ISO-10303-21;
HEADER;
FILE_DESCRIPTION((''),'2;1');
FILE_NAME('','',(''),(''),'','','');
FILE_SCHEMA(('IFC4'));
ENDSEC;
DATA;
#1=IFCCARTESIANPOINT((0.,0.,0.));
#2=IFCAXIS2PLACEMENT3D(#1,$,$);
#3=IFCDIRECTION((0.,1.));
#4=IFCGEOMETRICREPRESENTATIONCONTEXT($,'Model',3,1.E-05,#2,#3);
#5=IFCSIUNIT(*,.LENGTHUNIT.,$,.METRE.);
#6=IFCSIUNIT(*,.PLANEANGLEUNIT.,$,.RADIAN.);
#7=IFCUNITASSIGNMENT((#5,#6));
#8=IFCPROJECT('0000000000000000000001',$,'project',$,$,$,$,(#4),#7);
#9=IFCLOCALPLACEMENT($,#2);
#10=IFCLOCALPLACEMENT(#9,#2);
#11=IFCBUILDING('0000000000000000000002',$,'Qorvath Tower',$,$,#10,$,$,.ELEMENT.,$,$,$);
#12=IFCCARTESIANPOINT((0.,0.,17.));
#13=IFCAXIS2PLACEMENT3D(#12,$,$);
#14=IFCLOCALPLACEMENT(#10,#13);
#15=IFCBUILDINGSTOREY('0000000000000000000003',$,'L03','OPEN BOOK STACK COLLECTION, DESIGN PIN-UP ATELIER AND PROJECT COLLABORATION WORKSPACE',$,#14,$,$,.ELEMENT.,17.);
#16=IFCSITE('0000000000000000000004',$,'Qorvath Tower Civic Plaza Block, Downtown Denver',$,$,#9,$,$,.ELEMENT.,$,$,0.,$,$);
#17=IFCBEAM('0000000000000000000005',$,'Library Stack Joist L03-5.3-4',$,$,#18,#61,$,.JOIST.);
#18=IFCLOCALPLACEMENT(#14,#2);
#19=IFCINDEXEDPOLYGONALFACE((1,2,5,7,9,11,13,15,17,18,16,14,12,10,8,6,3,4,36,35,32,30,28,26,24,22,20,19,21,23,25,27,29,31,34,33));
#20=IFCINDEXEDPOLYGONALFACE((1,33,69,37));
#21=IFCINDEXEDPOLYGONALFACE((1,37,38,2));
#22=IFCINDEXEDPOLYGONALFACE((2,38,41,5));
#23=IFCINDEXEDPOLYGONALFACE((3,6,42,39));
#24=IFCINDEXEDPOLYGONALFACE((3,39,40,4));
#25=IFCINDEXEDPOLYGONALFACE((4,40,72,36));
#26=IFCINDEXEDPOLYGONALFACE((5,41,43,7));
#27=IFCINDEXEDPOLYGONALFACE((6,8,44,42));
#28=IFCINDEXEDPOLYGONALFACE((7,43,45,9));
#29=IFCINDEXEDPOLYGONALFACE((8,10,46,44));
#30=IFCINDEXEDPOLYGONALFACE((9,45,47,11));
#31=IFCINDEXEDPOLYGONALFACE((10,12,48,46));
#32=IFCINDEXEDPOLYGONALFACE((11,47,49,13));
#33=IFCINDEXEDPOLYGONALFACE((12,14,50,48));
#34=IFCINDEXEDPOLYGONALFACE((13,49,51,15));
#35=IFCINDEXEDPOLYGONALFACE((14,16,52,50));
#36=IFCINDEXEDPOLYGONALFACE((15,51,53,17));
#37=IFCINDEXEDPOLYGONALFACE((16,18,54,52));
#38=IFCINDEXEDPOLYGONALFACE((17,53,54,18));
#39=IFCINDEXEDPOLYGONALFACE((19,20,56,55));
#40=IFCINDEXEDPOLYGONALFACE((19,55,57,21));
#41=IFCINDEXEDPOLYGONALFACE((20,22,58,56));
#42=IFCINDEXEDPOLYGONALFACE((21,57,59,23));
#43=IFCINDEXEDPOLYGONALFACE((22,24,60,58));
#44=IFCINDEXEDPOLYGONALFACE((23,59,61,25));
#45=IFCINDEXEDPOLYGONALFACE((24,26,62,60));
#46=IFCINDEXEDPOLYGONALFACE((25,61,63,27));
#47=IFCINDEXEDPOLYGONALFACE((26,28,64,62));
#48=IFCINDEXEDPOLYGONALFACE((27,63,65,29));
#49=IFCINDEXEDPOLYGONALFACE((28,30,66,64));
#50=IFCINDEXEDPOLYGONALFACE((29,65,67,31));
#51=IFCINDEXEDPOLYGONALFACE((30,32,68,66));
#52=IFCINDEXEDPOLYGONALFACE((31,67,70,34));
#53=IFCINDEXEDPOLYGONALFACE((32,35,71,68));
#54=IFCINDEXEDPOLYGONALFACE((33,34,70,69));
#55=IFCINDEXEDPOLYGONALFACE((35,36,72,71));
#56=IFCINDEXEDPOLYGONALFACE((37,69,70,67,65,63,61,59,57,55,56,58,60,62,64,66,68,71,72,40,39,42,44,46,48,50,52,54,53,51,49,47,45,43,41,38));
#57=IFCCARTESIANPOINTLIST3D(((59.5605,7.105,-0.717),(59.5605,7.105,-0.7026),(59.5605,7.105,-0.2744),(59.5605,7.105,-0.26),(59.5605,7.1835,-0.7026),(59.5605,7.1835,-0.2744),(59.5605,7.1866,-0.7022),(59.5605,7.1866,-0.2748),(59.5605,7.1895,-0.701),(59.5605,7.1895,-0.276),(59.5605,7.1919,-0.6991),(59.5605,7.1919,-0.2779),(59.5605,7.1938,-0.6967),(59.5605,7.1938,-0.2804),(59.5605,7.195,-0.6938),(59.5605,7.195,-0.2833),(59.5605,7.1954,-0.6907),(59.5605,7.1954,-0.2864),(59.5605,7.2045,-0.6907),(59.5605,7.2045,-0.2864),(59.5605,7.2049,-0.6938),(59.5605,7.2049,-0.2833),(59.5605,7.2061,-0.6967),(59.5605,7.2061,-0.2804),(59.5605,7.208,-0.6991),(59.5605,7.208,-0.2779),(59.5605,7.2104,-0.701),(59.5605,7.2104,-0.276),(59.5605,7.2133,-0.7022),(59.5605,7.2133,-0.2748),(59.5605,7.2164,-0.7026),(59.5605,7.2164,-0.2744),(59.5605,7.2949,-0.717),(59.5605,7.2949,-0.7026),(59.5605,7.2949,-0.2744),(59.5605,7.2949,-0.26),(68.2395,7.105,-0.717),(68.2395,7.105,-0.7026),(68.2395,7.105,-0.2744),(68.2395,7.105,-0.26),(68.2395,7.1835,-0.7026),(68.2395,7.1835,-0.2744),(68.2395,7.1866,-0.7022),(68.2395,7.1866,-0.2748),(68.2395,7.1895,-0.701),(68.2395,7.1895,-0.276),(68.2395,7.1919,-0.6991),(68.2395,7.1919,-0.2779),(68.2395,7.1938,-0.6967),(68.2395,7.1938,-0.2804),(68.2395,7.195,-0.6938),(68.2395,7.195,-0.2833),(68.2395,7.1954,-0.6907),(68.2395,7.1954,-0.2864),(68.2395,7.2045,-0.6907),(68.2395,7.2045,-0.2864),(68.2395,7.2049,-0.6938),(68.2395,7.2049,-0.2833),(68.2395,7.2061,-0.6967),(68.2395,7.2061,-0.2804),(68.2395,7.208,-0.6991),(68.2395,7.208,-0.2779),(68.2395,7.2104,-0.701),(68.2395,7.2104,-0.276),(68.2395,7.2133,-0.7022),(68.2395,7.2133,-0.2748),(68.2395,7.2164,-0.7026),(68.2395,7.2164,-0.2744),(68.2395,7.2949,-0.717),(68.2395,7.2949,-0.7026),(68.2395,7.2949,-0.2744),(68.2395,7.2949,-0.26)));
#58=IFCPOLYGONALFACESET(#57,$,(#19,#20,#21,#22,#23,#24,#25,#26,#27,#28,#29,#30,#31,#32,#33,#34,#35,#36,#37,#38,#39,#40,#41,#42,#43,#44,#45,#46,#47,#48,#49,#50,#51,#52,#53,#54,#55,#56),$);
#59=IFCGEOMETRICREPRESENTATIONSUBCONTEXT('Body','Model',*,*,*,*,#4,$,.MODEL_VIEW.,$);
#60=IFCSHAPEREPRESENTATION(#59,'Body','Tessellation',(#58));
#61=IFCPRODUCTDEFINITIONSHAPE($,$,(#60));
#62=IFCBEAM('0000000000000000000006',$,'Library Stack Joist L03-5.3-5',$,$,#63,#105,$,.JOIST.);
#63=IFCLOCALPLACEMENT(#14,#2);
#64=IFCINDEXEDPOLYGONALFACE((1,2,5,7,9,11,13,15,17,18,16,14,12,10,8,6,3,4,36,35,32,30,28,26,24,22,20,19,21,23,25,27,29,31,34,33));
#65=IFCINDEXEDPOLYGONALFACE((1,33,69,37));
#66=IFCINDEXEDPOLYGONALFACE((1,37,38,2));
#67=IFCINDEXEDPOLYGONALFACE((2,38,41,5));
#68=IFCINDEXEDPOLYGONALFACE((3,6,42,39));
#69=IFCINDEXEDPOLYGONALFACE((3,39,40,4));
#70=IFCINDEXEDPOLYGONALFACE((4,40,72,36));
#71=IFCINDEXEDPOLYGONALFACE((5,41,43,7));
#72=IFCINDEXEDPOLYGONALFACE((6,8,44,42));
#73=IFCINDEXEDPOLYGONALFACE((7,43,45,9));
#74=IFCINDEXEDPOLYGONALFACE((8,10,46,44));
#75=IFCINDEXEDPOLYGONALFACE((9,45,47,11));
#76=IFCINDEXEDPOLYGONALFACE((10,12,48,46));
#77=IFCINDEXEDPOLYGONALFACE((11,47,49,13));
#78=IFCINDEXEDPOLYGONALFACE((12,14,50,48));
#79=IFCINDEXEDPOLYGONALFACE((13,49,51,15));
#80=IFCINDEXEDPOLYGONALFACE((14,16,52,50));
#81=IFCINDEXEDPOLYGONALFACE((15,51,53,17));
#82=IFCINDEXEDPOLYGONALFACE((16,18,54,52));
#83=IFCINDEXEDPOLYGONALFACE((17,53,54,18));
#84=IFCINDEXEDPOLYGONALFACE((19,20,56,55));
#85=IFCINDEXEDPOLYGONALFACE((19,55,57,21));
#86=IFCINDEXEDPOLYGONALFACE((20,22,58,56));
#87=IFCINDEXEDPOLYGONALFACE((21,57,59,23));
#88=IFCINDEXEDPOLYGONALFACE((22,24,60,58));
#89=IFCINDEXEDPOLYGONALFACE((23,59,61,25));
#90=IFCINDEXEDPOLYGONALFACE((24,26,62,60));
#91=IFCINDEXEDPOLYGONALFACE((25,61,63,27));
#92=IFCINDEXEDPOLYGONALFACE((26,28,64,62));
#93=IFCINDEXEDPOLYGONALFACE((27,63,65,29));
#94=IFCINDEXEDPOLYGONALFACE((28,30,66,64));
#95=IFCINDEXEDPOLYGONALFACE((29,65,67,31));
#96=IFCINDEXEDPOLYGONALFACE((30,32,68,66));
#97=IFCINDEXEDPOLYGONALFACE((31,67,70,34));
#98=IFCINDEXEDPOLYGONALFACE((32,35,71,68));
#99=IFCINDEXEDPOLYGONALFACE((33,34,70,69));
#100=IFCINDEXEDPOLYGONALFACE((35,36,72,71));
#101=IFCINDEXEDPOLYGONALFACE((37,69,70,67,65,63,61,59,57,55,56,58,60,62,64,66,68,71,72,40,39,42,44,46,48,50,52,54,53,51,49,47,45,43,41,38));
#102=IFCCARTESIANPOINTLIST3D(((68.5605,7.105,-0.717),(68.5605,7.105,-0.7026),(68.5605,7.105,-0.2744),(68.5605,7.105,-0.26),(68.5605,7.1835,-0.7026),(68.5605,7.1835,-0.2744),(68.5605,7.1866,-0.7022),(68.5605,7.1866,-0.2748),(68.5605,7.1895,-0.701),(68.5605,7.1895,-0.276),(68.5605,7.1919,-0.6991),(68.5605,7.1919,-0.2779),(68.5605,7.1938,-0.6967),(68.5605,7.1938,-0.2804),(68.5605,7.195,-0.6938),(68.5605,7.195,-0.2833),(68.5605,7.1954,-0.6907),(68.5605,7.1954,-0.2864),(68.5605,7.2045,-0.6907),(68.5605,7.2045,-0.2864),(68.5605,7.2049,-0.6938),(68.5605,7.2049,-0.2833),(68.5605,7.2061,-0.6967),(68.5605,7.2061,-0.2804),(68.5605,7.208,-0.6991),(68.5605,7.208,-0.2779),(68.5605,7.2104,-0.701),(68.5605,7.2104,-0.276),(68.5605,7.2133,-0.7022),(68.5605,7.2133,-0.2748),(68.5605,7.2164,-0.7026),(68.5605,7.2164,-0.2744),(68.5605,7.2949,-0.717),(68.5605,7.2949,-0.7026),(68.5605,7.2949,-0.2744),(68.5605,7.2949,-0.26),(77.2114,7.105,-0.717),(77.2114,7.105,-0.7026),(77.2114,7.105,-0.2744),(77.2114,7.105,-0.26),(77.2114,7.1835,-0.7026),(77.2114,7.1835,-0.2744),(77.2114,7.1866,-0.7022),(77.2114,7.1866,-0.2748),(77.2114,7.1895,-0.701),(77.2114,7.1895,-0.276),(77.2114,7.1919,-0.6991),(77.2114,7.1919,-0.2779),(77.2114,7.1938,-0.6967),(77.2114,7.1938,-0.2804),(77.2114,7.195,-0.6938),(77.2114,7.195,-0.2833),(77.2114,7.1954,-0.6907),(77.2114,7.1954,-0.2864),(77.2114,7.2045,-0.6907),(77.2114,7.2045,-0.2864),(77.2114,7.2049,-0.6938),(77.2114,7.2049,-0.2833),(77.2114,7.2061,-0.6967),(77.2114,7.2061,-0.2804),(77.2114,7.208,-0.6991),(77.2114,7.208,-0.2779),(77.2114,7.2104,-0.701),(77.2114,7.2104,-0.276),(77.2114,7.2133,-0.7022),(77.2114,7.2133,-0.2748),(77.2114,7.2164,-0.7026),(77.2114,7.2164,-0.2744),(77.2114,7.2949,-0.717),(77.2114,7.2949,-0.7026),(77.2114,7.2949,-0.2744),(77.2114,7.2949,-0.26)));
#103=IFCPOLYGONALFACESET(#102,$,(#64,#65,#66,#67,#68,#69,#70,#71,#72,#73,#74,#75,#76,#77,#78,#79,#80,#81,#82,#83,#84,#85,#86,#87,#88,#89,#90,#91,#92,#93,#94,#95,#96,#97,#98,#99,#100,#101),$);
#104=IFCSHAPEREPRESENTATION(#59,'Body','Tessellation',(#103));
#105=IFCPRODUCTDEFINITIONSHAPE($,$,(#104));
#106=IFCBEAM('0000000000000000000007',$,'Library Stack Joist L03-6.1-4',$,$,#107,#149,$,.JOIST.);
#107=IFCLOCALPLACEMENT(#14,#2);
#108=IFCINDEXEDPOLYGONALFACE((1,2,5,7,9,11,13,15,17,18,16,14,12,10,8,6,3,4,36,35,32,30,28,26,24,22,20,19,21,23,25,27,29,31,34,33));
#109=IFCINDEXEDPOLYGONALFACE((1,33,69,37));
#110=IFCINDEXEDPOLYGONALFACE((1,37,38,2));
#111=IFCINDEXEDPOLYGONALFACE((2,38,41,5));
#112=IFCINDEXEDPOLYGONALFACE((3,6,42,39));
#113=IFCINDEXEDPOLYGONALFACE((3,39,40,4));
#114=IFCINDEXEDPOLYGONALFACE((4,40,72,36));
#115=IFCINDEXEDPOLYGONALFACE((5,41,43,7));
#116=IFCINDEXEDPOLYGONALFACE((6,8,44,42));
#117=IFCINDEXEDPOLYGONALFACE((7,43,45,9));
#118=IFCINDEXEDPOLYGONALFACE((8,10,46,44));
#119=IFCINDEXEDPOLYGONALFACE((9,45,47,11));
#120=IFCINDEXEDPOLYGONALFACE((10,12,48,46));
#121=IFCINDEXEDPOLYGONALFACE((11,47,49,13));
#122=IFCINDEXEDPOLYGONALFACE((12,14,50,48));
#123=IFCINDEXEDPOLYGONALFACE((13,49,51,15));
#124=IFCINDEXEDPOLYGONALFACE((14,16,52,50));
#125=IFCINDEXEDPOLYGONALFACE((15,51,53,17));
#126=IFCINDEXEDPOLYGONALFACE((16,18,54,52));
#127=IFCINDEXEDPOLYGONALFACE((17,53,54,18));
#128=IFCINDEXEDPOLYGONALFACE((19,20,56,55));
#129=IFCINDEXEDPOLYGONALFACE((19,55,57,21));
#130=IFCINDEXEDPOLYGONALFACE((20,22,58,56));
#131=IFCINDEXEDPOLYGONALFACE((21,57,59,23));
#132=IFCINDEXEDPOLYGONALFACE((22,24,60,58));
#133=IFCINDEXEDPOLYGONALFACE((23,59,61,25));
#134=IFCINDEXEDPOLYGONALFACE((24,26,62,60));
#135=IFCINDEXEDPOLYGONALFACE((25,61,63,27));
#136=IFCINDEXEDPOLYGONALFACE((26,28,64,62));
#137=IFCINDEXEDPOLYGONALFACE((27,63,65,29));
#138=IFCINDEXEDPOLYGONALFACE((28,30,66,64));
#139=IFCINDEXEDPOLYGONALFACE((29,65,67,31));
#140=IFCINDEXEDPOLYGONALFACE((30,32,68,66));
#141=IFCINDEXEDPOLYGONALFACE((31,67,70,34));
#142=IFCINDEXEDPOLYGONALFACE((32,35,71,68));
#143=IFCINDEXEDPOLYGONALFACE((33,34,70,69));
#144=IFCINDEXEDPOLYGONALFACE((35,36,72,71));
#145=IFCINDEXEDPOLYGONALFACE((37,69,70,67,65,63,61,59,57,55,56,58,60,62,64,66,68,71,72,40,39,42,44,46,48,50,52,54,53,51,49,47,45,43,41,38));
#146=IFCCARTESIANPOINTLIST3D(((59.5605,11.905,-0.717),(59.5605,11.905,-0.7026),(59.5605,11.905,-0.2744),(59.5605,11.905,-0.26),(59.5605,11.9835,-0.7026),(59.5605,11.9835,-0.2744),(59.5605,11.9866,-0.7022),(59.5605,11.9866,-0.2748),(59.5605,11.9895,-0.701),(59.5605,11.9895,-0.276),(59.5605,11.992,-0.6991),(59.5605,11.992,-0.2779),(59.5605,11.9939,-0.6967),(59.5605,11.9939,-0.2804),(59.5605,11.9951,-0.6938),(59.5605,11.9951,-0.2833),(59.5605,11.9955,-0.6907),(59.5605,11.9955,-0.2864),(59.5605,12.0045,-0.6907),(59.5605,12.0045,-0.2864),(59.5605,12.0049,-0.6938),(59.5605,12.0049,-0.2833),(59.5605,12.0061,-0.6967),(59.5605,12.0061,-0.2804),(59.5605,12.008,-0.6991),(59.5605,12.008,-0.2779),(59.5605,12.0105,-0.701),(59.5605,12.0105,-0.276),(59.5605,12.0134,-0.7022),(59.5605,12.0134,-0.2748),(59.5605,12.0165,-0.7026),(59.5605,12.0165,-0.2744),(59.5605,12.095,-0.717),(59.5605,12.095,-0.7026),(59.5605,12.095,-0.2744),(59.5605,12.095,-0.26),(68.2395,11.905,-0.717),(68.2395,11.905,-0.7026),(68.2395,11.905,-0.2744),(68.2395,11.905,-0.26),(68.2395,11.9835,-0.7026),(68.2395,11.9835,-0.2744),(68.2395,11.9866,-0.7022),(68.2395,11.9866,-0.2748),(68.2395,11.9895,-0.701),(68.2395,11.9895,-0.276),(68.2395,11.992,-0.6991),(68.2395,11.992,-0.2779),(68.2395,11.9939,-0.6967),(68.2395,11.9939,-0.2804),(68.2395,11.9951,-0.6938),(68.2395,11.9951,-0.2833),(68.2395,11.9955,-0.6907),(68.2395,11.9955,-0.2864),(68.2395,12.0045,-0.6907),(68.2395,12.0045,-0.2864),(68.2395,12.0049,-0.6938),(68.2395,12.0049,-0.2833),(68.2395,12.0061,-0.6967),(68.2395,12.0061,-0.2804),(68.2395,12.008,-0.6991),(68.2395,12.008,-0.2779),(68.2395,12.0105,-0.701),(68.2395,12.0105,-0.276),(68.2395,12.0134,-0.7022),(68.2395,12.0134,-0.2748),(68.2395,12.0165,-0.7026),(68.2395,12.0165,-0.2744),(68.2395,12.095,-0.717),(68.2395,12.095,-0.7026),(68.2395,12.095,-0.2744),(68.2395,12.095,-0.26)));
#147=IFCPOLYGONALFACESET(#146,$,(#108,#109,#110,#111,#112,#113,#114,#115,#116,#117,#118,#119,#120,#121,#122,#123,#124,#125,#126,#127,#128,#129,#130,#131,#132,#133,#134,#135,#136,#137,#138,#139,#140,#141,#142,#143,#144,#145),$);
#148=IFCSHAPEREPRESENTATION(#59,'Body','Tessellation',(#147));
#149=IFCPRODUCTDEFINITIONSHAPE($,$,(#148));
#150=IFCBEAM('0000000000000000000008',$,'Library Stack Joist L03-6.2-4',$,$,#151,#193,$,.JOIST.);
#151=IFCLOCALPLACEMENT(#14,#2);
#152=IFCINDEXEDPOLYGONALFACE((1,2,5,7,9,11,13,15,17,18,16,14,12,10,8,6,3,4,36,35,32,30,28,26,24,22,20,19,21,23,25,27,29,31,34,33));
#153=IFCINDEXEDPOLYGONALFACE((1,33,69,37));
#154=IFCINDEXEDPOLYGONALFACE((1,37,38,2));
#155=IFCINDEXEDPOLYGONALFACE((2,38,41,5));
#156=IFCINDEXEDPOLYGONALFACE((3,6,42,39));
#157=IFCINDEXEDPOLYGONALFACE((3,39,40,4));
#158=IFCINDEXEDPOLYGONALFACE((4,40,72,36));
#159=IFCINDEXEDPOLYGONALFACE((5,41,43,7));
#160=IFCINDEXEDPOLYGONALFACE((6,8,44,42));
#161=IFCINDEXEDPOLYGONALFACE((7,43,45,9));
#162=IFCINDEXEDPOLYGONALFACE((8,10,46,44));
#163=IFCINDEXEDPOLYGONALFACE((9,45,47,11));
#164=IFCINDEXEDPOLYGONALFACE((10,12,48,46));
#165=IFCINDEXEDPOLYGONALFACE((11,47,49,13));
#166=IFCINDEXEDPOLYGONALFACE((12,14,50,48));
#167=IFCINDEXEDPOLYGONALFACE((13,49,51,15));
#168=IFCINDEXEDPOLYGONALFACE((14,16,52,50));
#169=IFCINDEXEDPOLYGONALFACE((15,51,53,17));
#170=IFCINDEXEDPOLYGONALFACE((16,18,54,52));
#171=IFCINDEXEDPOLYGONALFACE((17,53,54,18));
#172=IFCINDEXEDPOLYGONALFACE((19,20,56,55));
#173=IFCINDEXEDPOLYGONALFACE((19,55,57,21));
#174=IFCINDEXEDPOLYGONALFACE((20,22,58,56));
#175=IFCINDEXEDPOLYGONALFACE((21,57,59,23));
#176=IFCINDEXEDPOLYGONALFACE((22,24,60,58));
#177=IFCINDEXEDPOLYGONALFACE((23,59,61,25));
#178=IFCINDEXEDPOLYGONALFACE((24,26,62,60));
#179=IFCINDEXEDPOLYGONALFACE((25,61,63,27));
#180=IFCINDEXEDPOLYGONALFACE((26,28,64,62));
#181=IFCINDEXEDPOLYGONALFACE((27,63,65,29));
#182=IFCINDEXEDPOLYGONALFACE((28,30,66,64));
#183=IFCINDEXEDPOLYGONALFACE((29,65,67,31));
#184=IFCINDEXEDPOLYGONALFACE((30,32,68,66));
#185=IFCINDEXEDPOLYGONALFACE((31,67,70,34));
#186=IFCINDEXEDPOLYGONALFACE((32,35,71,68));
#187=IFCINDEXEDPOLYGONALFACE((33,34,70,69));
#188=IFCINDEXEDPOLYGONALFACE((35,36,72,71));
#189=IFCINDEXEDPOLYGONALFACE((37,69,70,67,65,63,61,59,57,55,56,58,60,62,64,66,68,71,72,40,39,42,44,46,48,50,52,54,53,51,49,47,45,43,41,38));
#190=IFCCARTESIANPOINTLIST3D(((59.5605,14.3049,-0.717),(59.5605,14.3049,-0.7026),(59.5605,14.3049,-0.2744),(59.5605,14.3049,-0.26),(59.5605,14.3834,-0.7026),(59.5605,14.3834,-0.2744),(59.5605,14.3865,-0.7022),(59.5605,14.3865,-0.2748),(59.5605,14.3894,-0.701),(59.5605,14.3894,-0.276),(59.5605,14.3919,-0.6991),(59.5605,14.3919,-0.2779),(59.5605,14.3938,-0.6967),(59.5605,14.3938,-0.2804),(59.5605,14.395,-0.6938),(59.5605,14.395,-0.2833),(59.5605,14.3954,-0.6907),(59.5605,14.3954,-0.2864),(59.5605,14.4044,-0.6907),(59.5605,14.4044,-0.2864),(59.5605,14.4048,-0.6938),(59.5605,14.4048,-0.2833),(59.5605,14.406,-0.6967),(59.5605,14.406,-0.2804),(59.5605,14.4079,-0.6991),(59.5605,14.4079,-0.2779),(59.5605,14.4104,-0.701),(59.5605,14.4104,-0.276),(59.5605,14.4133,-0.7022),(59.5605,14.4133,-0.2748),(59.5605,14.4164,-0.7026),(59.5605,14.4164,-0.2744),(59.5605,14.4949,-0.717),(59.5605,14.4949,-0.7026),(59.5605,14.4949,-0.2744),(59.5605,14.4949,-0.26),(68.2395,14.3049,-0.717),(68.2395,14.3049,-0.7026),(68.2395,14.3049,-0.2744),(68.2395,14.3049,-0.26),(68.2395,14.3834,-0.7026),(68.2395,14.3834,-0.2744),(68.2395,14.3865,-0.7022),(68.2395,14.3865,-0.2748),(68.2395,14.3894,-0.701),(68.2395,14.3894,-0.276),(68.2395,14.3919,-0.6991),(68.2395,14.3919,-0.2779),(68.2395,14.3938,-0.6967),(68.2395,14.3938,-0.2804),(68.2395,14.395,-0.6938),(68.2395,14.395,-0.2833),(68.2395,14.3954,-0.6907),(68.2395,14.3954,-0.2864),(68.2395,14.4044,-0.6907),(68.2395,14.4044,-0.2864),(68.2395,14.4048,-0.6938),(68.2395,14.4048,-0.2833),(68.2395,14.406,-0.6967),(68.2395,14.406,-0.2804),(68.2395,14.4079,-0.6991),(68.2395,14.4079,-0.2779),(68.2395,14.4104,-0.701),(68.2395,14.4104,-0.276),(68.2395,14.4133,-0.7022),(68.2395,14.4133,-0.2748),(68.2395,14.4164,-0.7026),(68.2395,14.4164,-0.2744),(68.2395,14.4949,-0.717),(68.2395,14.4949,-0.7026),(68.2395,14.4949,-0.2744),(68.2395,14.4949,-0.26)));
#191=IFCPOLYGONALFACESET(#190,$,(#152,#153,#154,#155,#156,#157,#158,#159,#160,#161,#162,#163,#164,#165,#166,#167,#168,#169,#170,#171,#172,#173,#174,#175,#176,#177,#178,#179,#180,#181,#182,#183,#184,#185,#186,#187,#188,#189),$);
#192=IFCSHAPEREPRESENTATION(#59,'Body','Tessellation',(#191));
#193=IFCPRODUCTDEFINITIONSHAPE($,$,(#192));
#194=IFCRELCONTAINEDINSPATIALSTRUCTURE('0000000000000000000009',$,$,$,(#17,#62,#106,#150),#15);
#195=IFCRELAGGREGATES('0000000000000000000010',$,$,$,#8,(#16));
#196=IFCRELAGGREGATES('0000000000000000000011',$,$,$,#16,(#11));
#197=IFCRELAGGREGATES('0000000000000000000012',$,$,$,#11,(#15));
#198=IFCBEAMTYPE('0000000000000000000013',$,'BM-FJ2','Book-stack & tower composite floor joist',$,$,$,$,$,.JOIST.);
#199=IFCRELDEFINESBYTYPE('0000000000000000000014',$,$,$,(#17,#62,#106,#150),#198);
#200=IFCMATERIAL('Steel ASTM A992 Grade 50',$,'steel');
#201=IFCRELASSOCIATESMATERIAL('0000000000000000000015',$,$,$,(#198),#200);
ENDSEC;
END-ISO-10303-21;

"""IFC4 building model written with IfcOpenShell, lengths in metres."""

from ifc_helpers import new_model, si_unit, direction, frame, origin, origin_2d, place, context, subcontext, project, spatial, i_section, extrude, material, material_profile, profile_set, type_object, element, save


model = new_model("IFC4")

# Units and contexts
model_context = context("Model", 3, precision=1e-05, world=origin(), true_north=direction((0.0, 1.0)))
body_context = subcontext(model_context, "Body", "Model", "MODEL_VIEW")
ifc_project = project(units=[si_unit("LENGTHUNIT", "METRE"), si_unit("PLANEANGLEUNIT", "RADIAN")], contexts=[model_context])

# Site, building, storey
site_placement = place(None, origin())
site = spatial("IfcSite", under=ifc_project, at=site_placement, Name="Qorvath Tower Civic Plaza Block, Downtown Denver", CompositionType="ELEMENT", RefElevation=0.0)
building_placement = place(site_placement, origin())
building = spatial("IfcBuilding", under=site, at=building_placement, Name="Qorvath Tower", CompositionType="ELEMENT")
storey_placement = place(building_placement, frame((0.0, 0.0, 17.0)))
storey = spatial("IfcBuildingStorey", under=building, at=storey_placement, Name="L03", Description="OPEN BOOK STACK COLLECTION, DESIGN PIN-UP ATELIER AND PROJECT COLLABORATION WORKSPACE", CompositionType="ELEMENT", Elevation=17.0)

# Beams
ifc_material_1 = material(Name="Steel ASTM A992 Grade 50", Category="steel")
ifc_material_profile_1 = material_profile(ifc_material_1, i_section(OverallWidth=0.1899, OverallDepth=0.457, WebThickness=0.009, FlangeThickness=0.0144, FilletRadius=0.012, at=origin_2d()), Name="W18x50")
ifc_profile_set_1 = profile_set([ifc_material_profile_1], Name="Steel ASTM A992 Grade 50")
beam_type_1 = type_object("IfcBeamType", Name="BM-FJ2", Description="Book-stack & tower composite floor joist", PredefinedType="JOIST", material=ifc_profile_set_1)
beam_1_placement = place(storey_placement, frame((59.5605, 7.2, -0.4885), z_axis=(1.0, 0.0, 0.0), x_axis=(0.0, 1.0, 0.0)))
element("IfcBeam", 1, at=beam_1_placement, inside=storey, type_object=beam_type_1, Name="Library Stack Joist L03-5.3-4", PredefinedType="JOIST", context=body_context, shape_type="SweptSolid", body=[
    extrude(i_section(OverallWidth=0.1899, OverallDepth=0.457, WebThickness=0.009, FlangeThickness=0.0144, FilletRadius=0.012, at=origin_2d()), origin(), (0.0, 0.0, 1.0), 8.679),
])
beam_2_placement = place(storey_placement, frame((68.5605, 7.2, -0.4885), z_axis=(1.0, 0.0, 0.0), x_axis=(0.0, 1.0, 0.0)))
element("IfcBeam", 2, at=beam_2_placement, inside=storey, type_object=beam_type_1, Name="Library Stack Joist L03-5.3-5", PredefinedType="JOIST", context=body_context, shape_type="SweptSolid", body=[
    extrude(i_section(OverallWidth=0.1899, OverallDepth=0.457, WebThickness=0.009, FlangeThickness=0.0144, FilletRadius=0.012, at=origin_2d()), origin(), (0.0, 0.0, 1.0), 8.6509),
])
for number, where, z_axis, x_axis, name in (
    (3, (59.5605, 12.0, -0.4885), (1.0, 0.0, 0.0), (0.0, 1.0, 0.0), "Library Stack Joist L03-6.1-4"),
    (4, (59.5605, 14.3999, -0.4885), (1.0, 0.0, 0.0), (0.0, 1.0, 0.0), "Library Stack Joist L03-6.2-4"),
):
    element("IfcBeam", number, at=place(storey_placement, frame(where, z_axis=z_axis, x_axis=x_axis)), inside=storey, type_object=beam_type_1, Name=name, PredefinedType="JOIST", context=body_context, shape_type="SweptSolid", body=[
        extrude(i_section(OverallWidth=0.1899, OverallDepth=0.457, WebThickness=0.009, FlangeThickness=0.0144, FilletRadius=0.012, at=origin_2d()), origin(), (0.0, 0.0, 1.0), 8.679),
    ])

save(model, "model.ifc")
